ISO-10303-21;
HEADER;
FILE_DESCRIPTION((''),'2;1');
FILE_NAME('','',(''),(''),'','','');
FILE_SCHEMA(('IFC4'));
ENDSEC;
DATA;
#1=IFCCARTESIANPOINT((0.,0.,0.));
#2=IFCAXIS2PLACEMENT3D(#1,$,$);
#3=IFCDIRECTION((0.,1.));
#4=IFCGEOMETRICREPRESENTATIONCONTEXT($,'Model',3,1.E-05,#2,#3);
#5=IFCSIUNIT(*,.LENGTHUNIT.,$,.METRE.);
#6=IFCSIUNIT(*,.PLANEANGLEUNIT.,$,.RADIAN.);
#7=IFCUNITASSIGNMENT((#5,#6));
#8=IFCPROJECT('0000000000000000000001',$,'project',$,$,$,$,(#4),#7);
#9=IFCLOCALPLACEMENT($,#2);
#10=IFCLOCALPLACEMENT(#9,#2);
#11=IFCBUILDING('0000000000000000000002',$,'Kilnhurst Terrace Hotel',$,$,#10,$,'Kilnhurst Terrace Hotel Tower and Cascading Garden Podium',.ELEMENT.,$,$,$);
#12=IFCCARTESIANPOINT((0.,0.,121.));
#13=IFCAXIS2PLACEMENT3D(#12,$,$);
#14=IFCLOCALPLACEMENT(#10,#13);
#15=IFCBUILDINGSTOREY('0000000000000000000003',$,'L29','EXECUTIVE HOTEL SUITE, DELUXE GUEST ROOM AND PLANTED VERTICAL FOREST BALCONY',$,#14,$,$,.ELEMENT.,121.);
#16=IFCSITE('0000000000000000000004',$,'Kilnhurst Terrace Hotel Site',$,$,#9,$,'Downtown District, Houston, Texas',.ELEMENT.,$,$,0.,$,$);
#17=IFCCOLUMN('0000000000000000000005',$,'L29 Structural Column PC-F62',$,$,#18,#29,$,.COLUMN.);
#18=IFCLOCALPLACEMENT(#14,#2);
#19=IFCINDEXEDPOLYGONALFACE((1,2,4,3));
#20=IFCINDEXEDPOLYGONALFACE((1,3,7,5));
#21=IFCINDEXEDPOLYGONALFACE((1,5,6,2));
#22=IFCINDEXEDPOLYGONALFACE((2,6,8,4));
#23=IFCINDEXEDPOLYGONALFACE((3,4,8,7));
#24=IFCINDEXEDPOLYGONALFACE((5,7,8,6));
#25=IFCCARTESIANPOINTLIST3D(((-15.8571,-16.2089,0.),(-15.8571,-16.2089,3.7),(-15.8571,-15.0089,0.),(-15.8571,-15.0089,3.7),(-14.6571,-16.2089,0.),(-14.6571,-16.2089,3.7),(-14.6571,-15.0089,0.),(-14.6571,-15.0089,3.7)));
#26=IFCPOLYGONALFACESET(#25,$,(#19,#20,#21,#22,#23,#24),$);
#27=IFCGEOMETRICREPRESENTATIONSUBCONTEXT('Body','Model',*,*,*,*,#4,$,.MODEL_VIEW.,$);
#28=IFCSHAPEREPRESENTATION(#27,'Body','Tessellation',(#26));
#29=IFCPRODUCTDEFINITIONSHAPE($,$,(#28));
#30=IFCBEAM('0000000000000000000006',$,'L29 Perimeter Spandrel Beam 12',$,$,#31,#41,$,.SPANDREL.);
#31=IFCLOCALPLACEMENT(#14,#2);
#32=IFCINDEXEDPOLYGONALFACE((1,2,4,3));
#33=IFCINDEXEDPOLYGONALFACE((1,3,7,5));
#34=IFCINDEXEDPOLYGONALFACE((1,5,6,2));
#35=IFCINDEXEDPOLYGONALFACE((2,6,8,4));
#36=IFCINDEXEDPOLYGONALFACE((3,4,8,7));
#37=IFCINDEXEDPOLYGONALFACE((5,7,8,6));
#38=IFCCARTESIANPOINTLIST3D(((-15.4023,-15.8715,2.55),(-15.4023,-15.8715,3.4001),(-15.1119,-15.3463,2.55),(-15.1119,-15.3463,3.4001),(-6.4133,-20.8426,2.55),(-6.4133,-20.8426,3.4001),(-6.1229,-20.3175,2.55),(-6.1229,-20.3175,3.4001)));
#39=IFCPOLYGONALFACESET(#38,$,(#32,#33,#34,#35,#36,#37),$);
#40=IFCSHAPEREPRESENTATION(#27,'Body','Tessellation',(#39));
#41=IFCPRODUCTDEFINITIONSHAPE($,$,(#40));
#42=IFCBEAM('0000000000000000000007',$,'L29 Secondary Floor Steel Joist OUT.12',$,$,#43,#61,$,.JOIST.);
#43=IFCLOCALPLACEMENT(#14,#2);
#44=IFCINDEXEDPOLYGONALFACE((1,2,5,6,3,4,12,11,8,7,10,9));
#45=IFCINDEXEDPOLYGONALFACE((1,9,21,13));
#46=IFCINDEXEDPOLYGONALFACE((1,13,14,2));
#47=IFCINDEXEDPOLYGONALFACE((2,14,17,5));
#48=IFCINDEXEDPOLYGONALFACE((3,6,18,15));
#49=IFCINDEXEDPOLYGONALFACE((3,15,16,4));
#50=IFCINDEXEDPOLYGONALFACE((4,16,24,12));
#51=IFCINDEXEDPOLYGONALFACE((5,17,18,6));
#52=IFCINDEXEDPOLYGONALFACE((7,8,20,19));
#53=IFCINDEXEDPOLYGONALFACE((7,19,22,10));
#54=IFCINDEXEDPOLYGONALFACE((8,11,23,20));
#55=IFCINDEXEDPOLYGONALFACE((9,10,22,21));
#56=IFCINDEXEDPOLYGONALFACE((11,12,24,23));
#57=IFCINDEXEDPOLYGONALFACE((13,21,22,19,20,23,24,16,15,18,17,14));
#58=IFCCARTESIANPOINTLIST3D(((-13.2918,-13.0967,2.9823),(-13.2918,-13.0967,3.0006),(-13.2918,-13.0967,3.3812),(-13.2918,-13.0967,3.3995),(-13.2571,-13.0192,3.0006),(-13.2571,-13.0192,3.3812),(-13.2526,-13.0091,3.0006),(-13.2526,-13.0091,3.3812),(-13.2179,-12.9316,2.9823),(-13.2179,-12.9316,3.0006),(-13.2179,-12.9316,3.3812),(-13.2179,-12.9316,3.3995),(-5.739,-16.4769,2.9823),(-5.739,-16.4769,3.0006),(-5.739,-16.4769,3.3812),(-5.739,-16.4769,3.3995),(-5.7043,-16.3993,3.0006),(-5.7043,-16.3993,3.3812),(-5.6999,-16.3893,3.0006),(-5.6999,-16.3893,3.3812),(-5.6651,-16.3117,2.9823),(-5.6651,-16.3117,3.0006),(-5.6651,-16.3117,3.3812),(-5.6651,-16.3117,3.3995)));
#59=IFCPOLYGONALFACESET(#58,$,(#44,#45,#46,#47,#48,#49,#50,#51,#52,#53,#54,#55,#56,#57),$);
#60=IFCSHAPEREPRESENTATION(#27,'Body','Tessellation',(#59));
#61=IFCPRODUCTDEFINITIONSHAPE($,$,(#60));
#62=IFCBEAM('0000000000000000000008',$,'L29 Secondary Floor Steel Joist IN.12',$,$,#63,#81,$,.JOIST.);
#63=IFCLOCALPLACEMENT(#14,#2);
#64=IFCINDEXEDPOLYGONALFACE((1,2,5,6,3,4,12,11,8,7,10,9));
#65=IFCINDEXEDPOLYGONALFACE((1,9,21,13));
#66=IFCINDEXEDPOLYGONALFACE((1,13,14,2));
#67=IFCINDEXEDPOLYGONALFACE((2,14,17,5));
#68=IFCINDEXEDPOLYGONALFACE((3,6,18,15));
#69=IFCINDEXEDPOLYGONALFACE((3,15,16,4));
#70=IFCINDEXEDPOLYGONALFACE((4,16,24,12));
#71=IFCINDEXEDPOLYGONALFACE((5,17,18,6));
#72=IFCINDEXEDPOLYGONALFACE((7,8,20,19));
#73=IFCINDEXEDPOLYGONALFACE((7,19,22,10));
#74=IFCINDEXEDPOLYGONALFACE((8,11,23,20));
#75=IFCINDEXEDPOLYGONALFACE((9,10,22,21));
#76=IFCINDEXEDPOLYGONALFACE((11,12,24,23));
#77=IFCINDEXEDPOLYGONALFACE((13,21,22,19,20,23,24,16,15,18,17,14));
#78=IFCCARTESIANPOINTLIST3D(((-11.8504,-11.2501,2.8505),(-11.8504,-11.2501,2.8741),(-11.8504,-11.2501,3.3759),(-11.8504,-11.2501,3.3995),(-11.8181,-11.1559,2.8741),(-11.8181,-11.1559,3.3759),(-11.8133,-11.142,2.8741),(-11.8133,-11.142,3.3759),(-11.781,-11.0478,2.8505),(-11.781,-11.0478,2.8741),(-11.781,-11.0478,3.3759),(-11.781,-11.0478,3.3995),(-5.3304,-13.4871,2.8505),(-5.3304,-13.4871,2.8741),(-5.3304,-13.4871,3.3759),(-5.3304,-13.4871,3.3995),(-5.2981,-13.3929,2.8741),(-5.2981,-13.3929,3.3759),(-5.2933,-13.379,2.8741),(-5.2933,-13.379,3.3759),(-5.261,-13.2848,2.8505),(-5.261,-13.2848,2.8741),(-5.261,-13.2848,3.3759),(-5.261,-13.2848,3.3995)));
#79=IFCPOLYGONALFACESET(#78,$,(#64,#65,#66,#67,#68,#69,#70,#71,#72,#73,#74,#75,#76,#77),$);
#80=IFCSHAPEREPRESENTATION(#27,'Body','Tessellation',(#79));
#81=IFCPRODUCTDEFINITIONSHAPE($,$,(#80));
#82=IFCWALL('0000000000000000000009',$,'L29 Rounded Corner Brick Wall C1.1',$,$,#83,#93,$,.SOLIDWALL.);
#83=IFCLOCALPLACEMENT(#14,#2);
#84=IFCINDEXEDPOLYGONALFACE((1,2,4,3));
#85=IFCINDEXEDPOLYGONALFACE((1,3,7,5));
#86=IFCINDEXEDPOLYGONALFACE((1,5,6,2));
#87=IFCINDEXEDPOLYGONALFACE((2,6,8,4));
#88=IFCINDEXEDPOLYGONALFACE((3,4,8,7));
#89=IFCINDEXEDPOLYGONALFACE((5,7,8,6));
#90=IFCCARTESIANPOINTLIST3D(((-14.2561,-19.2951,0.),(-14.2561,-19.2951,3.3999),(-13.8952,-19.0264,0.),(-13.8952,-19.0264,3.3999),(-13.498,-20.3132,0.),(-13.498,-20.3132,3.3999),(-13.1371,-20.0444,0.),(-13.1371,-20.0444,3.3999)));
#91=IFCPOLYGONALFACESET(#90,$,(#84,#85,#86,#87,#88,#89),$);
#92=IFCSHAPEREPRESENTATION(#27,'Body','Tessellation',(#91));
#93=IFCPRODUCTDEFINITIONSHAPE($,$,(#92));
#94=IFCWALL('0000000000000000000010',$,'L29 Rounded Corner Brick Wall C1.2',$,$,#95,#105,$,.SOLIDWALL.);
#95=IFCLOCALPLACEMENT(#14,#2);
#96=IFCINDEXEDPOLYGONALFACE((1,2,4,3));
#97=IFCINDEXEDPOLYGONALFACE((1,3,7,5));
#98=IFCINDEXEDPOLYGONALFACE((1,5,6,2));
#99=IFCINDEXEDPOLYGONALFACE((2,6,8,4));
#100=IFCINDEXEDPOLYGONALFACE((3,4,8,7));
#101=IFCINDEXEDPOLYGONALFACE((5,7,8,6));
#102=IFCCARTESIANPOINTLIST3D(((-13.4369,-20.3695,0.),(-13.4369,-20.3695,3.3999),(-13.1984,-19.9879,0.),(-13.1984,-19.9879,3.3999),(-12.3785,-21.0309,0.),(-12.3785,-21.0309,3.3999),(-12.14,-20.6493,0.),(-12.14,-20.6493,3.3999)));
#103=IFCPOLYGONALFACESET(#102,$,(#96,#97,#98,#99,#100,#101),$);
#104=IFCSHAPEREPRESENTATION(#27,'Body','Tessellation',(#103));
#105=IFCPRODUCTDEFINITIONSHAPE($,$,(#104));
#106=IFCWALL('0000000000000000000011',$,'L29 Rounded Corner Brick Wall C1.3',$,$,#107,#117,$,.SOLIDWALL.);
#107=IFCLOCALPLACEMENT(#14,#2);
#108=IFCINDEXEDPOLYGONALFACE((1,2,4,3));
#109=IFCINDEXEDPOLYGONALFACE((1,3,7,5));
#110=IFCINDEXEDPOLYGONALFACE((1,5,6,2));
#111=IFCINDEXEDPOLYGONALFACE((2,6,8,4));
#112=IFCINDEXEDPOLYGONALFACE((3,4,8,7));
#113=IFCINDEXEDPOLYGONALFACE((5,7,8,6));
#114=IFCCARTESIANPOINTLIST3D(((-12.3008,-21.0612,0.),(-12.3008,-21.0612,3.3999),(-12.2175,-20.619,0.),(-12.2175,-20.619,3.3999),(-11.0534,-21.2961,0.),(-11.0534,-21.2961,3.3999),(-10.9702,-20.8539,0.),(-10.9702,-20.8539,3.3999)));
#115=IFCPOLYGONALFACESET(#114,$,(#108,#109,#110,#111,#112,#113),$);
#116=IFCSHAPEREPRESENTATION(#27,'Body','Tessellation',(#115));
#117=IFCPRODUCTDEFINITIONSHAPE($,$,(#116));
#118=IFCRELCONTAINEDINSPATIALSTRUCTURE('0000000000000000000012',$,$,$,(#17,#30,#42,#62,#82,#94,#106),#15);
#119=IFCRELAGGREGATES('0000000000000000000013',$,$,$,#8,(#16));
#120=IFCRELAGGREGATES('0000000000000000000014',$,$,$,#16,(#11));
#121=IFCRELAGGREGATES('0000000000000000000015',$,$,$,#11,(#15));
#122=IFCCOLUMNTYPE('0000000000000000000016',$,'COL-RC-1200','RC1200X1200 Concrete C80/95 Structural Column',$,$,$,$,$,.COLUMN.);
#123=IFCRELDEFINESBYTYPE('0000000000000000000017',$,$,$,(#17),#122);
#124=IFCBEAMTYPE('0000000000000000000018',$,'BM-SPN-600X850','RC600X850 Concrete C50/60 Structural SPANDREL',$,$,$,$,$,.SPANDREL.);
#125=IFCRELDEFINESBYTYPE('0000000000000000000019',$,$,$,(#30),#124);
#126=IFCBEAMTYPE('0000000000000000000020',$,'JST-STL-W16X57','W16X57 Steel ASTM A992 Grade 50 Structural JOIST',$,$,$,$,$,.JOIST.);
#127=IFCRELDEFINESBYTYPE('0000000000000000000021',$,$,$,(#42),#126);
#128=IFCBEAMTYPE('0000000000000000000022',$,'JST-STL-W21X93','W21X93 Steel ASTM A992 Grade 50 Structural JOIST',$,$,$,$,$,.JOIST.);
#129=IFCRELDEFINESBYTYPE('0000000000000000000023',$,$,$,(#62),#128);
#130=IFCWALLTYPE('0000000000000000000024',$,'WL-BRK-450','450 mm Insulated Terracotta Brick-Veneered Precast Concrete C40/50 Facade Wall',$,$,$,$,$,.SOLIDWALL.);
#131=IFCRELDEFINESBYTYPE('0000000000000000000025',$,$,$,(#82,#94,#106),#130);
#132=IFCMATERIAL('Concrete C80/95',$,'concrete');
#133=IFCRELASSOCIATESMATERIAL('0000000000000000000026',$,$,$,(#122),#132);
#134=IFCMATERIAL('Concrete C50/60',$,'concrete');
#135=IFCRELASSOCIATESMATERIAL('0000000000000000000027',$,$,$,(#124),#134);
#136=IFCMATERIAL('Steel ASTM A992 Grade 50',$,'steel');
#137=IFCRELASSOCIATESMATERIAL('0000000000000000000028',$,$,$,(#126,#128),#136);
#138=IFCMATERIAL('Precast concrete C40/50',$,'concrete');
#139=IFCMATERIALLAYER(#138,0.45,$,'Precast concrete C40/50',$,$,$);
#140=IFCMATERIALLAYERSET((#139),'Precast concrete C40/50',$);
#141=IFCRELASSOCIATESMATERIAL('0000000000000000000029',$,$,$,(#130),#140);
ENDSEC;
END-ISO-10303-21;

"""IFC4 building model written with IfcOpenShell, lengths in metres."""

from ifc_helpers import new_model, si_unit, direction, frame, frame_2d, origin, origin_2d, place, context, subcontext, project, spatial, rectangle, i_section, extrude, material, layer, layer_set, material_profile, profile_set, type_object, element, save


model = new_model("IFC4")

# Units and contexts
model_context = context("Model", 3, precision=1e-05, world=origin(), true_north=direction((0.0, 1.0)))
body_context = subcontext(model_context, "Body", "Model", "MODEL_VIEW")
ifc_project = project(units=[si_unit("LENGTHUNIT", "METRE"), si_unit("PLANEANGLEUNIT", "RADIAN")], contexts=[model_context])

# Site, building, storey
site_placement = place(None, origin())
site = spatial("IfcSite", under=ifc_project, at=site_placement, Name="Kilnhurst Terrace Hotel Site", LongName="Downtown District, Houston, Texas", CompositionType="ELEMENT", RefElevation=0.0)
building_placement = place(site_placement, origin())
building = spatial("IfcBuilding", under=site, at=building_placement, Name="Kilnhurst Terrace Hotel", LongName="Kilnhurst Terrace Hotel Tower and Cascading Garden Podium", CompositionType="ELEMENT")
storey_placement = place(building_placement, frame((0.0, 0.0, 121.0)))
storey = spatial("IfcBuildingStorey", under=building, at=storey_placement, Name="L29", Description="EXECUTIVE HOTEL SUITE, DELUXE GUEST ROOM AND PLANTED VERTICAL FOREST BALCONY", CompositionType="ELEMENT", Elevation=121.0)

# Column
ifc_material_1 = material(Name="Concrete C80/95", Category="concrete")
ifc_material_profile_1 = material_profile(ifc_material_1, rectangle(XDim=1.2, YDim=1.2, at=origin_2d()), Name="RC1200X1200")
ifc_profile_set_1 = profile_set([ifc_material_profile_1], Name="Concrete C80/95")
column_type = type_object("IfcColumnType", Name="COL-RC-1200", Description="RC1200X1200 Concrete C80/95 Structural Column", PredefinedType="COLUMN", material=ifc_profile_set_1)
column_placement = place(storey_placement, frame((-15.2571, -15.6089, 0.0), z_axis=(0.0, 0.0, 1.0), x_axis=(1.0, 0.0, 0.0)))
element("IfcColumn", 1, at=column_placement, inside=storey, type_object=column_type, Name="L29 Structural Column PC-F62", PredefinedType="COLUMN", context=body_context, shape_type="SweptSolid", body=[
    extrude(rectangle(XDim=1.2, YDim=1.2, at=origin_2d()), origin(), (0.0, 0.0, 1.0), 3.7),
])

# Beams
ifc_material_2 = material(Name="Concrete C50/60", Category="concrete")
ifc_material_profile_2 = material_profile(ifc_material_2, rectangle(XDim=0.6001, YDim=0.8501, at=origin_2d()), Name="RC600X850")
ifc_profile_set_2 = profile_set([ifc_material_profile_2], Name="Concrete C50/60")
beam_type_1 = type_object("IfcBeamType", Name="BM-SPN-600X850", Description="RC600X850 Concrete C50/60 Structural SPANDREL", PredefinedType="SPANDREL", material=ifc_profile_set_2)
beam_1_placement = place(storey_placement, frame((-15.2571, -15.6089, 2.9751), z_axis=(0.875094, -0.483953, 0.0), x_axis=(0.483953, 0.875094, 0.0)))
element("IfcBeam", 2, at=beam_1_placement, inside=storey, type_object=beam_type_1, Name="L29 Perimeter Spandrel Beam 12", PredefinedType="SPANDREL", context=body_context, shape_type="SweptSolid", body=[
    extrude(rectangle(XDim=0.6001, YDim=0.8501, at=origin_2d()), origin(), (0.0, 0.0, 1.0), 10.272),
])
ifc_material_3 = material(Name="Steel ASTM A992 Grade 50", Category="steel")
ifc_material_profile_3 = material_profile(ifc_material_3, i_section(OverallWidth=0.1809, OverallDepth=0.4172, WebThickness=0.011, FlangeThickness=0.0183, at=origin_2d()), Name="W16X57")
ifc_profile_set_3 = profile_set([ifc_material_profile_3], Name="Steel ASTM A992 Grade 50")
beam_type_2 = type_object("IfcBeamType", Name="JST-STL-W16X57", Description="W16X57 Steel ASTM A992 Grade 50 Structural JOIST", PredefinedType="JOIST", material=ifc_profile_set_3)
beam_2_placement = place(storey_placement, frame((-13.2549, -13.0142, 3.1909), z_axis=(0.912761, -0.408494, 0.0), x_axis=(0.408494, 0.912761, 0.0)))
element("IfcBeam", 3, at=beam_2_placement, inside=storey, type_object=beam_type_2, Name="L29 Secondary Floor Steel Joist OUT.12", PredefinedType="JOIST", context=body_context, shape_type="SweptSolid", body=[
    extrude(i_section(OverallWidth=0.1809, OverallDepth=0.4172, WebThickness=0.011, FlangeThickness=0.0183, at=origin_2d()), origin(), (0.0, 0.0, 1.0), 8.2747),
])
ifc_material_profile_4 = material_profile(ifc_material_3, i_section(OverallWidth=0.2139, OverallDepth=0.5491, WebThickness=0.0146, FlangeThickness=0.0237, at=origin_2d()), Name="W21X93")
ifc_profile_set_4 = profile_set([ifc_material_profile_4], Name="Steel ASTM A992 Grade 50")
beam_type_3 = type_object("IfcBeamType", Name="JST-STL-W21X93", Description="W21X93 Steel ASTM A992 Grade 50 Structural JOIST", PredefinedType="JOIST", material=ifc_profile_set_4)
beam_3_placement = place(storey_placement, frame((-11.8157, -11.1489, 3.125), z_axis=(0.945874, -0.324535, 0.0), x_axis=(0.324535, 0.945874, 0.0)))
element("IfcBeam", 4, at=beam_3_placement, inside=storey, type_object=beam_type_3, Name="L29 Secondary Floor Steel Joist IN.12", PredefinedType="JOIST", context=body_context, shape_type="SweptSolid", body=[
    extrude(i_section(OverallWidth=0.2139, OverallDepth=0.5491, WebThickness=0.0146, FlangeThickness=0.0237, at=origin_2d()), origin(), (0.0, 0.0, 1.0), 6.8931),
])

# Walls
ifc_material_4 = material(Name="Precast concrete C40/50", Category="concrete")
ifc_layer_1 = layer(ifc_material_4, 0.45, Name="Precast concrete C40/50")
ifc_layer_set_1 = layer_set([ifc_layer_1], Name="Precast concrete C40/50")
wall_type_1 = type_object("IfcWallType", Name="WL-BRK-450", Description="450 mm Insulated Terracotta Brick-Veneered Precast Concrete C40/50 Facade Wall", PredefinedType="SOLIDWALL", material=ifc_layer_set_1)
wall_1_placement = place(storey_placement, frame((-14.0757, -19.1606, 0.0), z_axis=(0.0, 0.0, 1.0), x_axis=(0.597227, -0.802073, 0.0)))
element("IfcWall", 5, at=wall_1_placement, inside=storey, type_object=wall_type_1, Name="L29 Rounded Corner Brick Wall C1.1", PredefinedType="SOLIDWALL", context=body_context, shape_type="SweptSolid", body=[
    extrude(rectangle(XDim=1.2693, YDim=0.45, at=frame_2d((0.6348, 0.0))), origin(), (0.0, 0.0, 1.0), 3.3999),
])
wall_2_placement = place(storey_placement, frame((-13.3176, -20.1787, 0.0), z_axis=(0.0, 0.0, 1.0), x_axis=(0.848031, -0.529946, 0.0)))
element("IfcWall", 6, at=wall_2_placement, inside=storey, type_object=wall_type_1, Name="L29 Rounded Corner Brick Wall C1.2", PredefinedType="SOLIDWALL", context=body_context, shape_type="SweptSolid", body=[
    extrude(rectangle(XDim=1.248, YDim=0.45, at=frame_2d((0.624, 0.0))), origin(), (0.0, 0.0, 1.0), 3.3999),
])
wall_3_placement = place(storey_placement, frame((-12.2593, -20.8401, 0.0), z_axis=(0.0, 0.0, 1.0), x_axis=(0.98273, -0.185043, 0.0)))
element("IfcWall", 7, at=wall_3_placement, inside=storey, type_object=wall_type_1, Name="L29 Rounded Corner Brick Wall C1.3", PredefinedType="SOLIDWALL", context=body_context, shape_type="SweptSolid", body=[
    extrude(rectangle(XDim=1.2693, YDim=0.45, at=frame_2d((0.6348, 0.0))), origin(), (0.0, 0.0, 1.0), 3.3999),
])

save(model, "model.ifc")
